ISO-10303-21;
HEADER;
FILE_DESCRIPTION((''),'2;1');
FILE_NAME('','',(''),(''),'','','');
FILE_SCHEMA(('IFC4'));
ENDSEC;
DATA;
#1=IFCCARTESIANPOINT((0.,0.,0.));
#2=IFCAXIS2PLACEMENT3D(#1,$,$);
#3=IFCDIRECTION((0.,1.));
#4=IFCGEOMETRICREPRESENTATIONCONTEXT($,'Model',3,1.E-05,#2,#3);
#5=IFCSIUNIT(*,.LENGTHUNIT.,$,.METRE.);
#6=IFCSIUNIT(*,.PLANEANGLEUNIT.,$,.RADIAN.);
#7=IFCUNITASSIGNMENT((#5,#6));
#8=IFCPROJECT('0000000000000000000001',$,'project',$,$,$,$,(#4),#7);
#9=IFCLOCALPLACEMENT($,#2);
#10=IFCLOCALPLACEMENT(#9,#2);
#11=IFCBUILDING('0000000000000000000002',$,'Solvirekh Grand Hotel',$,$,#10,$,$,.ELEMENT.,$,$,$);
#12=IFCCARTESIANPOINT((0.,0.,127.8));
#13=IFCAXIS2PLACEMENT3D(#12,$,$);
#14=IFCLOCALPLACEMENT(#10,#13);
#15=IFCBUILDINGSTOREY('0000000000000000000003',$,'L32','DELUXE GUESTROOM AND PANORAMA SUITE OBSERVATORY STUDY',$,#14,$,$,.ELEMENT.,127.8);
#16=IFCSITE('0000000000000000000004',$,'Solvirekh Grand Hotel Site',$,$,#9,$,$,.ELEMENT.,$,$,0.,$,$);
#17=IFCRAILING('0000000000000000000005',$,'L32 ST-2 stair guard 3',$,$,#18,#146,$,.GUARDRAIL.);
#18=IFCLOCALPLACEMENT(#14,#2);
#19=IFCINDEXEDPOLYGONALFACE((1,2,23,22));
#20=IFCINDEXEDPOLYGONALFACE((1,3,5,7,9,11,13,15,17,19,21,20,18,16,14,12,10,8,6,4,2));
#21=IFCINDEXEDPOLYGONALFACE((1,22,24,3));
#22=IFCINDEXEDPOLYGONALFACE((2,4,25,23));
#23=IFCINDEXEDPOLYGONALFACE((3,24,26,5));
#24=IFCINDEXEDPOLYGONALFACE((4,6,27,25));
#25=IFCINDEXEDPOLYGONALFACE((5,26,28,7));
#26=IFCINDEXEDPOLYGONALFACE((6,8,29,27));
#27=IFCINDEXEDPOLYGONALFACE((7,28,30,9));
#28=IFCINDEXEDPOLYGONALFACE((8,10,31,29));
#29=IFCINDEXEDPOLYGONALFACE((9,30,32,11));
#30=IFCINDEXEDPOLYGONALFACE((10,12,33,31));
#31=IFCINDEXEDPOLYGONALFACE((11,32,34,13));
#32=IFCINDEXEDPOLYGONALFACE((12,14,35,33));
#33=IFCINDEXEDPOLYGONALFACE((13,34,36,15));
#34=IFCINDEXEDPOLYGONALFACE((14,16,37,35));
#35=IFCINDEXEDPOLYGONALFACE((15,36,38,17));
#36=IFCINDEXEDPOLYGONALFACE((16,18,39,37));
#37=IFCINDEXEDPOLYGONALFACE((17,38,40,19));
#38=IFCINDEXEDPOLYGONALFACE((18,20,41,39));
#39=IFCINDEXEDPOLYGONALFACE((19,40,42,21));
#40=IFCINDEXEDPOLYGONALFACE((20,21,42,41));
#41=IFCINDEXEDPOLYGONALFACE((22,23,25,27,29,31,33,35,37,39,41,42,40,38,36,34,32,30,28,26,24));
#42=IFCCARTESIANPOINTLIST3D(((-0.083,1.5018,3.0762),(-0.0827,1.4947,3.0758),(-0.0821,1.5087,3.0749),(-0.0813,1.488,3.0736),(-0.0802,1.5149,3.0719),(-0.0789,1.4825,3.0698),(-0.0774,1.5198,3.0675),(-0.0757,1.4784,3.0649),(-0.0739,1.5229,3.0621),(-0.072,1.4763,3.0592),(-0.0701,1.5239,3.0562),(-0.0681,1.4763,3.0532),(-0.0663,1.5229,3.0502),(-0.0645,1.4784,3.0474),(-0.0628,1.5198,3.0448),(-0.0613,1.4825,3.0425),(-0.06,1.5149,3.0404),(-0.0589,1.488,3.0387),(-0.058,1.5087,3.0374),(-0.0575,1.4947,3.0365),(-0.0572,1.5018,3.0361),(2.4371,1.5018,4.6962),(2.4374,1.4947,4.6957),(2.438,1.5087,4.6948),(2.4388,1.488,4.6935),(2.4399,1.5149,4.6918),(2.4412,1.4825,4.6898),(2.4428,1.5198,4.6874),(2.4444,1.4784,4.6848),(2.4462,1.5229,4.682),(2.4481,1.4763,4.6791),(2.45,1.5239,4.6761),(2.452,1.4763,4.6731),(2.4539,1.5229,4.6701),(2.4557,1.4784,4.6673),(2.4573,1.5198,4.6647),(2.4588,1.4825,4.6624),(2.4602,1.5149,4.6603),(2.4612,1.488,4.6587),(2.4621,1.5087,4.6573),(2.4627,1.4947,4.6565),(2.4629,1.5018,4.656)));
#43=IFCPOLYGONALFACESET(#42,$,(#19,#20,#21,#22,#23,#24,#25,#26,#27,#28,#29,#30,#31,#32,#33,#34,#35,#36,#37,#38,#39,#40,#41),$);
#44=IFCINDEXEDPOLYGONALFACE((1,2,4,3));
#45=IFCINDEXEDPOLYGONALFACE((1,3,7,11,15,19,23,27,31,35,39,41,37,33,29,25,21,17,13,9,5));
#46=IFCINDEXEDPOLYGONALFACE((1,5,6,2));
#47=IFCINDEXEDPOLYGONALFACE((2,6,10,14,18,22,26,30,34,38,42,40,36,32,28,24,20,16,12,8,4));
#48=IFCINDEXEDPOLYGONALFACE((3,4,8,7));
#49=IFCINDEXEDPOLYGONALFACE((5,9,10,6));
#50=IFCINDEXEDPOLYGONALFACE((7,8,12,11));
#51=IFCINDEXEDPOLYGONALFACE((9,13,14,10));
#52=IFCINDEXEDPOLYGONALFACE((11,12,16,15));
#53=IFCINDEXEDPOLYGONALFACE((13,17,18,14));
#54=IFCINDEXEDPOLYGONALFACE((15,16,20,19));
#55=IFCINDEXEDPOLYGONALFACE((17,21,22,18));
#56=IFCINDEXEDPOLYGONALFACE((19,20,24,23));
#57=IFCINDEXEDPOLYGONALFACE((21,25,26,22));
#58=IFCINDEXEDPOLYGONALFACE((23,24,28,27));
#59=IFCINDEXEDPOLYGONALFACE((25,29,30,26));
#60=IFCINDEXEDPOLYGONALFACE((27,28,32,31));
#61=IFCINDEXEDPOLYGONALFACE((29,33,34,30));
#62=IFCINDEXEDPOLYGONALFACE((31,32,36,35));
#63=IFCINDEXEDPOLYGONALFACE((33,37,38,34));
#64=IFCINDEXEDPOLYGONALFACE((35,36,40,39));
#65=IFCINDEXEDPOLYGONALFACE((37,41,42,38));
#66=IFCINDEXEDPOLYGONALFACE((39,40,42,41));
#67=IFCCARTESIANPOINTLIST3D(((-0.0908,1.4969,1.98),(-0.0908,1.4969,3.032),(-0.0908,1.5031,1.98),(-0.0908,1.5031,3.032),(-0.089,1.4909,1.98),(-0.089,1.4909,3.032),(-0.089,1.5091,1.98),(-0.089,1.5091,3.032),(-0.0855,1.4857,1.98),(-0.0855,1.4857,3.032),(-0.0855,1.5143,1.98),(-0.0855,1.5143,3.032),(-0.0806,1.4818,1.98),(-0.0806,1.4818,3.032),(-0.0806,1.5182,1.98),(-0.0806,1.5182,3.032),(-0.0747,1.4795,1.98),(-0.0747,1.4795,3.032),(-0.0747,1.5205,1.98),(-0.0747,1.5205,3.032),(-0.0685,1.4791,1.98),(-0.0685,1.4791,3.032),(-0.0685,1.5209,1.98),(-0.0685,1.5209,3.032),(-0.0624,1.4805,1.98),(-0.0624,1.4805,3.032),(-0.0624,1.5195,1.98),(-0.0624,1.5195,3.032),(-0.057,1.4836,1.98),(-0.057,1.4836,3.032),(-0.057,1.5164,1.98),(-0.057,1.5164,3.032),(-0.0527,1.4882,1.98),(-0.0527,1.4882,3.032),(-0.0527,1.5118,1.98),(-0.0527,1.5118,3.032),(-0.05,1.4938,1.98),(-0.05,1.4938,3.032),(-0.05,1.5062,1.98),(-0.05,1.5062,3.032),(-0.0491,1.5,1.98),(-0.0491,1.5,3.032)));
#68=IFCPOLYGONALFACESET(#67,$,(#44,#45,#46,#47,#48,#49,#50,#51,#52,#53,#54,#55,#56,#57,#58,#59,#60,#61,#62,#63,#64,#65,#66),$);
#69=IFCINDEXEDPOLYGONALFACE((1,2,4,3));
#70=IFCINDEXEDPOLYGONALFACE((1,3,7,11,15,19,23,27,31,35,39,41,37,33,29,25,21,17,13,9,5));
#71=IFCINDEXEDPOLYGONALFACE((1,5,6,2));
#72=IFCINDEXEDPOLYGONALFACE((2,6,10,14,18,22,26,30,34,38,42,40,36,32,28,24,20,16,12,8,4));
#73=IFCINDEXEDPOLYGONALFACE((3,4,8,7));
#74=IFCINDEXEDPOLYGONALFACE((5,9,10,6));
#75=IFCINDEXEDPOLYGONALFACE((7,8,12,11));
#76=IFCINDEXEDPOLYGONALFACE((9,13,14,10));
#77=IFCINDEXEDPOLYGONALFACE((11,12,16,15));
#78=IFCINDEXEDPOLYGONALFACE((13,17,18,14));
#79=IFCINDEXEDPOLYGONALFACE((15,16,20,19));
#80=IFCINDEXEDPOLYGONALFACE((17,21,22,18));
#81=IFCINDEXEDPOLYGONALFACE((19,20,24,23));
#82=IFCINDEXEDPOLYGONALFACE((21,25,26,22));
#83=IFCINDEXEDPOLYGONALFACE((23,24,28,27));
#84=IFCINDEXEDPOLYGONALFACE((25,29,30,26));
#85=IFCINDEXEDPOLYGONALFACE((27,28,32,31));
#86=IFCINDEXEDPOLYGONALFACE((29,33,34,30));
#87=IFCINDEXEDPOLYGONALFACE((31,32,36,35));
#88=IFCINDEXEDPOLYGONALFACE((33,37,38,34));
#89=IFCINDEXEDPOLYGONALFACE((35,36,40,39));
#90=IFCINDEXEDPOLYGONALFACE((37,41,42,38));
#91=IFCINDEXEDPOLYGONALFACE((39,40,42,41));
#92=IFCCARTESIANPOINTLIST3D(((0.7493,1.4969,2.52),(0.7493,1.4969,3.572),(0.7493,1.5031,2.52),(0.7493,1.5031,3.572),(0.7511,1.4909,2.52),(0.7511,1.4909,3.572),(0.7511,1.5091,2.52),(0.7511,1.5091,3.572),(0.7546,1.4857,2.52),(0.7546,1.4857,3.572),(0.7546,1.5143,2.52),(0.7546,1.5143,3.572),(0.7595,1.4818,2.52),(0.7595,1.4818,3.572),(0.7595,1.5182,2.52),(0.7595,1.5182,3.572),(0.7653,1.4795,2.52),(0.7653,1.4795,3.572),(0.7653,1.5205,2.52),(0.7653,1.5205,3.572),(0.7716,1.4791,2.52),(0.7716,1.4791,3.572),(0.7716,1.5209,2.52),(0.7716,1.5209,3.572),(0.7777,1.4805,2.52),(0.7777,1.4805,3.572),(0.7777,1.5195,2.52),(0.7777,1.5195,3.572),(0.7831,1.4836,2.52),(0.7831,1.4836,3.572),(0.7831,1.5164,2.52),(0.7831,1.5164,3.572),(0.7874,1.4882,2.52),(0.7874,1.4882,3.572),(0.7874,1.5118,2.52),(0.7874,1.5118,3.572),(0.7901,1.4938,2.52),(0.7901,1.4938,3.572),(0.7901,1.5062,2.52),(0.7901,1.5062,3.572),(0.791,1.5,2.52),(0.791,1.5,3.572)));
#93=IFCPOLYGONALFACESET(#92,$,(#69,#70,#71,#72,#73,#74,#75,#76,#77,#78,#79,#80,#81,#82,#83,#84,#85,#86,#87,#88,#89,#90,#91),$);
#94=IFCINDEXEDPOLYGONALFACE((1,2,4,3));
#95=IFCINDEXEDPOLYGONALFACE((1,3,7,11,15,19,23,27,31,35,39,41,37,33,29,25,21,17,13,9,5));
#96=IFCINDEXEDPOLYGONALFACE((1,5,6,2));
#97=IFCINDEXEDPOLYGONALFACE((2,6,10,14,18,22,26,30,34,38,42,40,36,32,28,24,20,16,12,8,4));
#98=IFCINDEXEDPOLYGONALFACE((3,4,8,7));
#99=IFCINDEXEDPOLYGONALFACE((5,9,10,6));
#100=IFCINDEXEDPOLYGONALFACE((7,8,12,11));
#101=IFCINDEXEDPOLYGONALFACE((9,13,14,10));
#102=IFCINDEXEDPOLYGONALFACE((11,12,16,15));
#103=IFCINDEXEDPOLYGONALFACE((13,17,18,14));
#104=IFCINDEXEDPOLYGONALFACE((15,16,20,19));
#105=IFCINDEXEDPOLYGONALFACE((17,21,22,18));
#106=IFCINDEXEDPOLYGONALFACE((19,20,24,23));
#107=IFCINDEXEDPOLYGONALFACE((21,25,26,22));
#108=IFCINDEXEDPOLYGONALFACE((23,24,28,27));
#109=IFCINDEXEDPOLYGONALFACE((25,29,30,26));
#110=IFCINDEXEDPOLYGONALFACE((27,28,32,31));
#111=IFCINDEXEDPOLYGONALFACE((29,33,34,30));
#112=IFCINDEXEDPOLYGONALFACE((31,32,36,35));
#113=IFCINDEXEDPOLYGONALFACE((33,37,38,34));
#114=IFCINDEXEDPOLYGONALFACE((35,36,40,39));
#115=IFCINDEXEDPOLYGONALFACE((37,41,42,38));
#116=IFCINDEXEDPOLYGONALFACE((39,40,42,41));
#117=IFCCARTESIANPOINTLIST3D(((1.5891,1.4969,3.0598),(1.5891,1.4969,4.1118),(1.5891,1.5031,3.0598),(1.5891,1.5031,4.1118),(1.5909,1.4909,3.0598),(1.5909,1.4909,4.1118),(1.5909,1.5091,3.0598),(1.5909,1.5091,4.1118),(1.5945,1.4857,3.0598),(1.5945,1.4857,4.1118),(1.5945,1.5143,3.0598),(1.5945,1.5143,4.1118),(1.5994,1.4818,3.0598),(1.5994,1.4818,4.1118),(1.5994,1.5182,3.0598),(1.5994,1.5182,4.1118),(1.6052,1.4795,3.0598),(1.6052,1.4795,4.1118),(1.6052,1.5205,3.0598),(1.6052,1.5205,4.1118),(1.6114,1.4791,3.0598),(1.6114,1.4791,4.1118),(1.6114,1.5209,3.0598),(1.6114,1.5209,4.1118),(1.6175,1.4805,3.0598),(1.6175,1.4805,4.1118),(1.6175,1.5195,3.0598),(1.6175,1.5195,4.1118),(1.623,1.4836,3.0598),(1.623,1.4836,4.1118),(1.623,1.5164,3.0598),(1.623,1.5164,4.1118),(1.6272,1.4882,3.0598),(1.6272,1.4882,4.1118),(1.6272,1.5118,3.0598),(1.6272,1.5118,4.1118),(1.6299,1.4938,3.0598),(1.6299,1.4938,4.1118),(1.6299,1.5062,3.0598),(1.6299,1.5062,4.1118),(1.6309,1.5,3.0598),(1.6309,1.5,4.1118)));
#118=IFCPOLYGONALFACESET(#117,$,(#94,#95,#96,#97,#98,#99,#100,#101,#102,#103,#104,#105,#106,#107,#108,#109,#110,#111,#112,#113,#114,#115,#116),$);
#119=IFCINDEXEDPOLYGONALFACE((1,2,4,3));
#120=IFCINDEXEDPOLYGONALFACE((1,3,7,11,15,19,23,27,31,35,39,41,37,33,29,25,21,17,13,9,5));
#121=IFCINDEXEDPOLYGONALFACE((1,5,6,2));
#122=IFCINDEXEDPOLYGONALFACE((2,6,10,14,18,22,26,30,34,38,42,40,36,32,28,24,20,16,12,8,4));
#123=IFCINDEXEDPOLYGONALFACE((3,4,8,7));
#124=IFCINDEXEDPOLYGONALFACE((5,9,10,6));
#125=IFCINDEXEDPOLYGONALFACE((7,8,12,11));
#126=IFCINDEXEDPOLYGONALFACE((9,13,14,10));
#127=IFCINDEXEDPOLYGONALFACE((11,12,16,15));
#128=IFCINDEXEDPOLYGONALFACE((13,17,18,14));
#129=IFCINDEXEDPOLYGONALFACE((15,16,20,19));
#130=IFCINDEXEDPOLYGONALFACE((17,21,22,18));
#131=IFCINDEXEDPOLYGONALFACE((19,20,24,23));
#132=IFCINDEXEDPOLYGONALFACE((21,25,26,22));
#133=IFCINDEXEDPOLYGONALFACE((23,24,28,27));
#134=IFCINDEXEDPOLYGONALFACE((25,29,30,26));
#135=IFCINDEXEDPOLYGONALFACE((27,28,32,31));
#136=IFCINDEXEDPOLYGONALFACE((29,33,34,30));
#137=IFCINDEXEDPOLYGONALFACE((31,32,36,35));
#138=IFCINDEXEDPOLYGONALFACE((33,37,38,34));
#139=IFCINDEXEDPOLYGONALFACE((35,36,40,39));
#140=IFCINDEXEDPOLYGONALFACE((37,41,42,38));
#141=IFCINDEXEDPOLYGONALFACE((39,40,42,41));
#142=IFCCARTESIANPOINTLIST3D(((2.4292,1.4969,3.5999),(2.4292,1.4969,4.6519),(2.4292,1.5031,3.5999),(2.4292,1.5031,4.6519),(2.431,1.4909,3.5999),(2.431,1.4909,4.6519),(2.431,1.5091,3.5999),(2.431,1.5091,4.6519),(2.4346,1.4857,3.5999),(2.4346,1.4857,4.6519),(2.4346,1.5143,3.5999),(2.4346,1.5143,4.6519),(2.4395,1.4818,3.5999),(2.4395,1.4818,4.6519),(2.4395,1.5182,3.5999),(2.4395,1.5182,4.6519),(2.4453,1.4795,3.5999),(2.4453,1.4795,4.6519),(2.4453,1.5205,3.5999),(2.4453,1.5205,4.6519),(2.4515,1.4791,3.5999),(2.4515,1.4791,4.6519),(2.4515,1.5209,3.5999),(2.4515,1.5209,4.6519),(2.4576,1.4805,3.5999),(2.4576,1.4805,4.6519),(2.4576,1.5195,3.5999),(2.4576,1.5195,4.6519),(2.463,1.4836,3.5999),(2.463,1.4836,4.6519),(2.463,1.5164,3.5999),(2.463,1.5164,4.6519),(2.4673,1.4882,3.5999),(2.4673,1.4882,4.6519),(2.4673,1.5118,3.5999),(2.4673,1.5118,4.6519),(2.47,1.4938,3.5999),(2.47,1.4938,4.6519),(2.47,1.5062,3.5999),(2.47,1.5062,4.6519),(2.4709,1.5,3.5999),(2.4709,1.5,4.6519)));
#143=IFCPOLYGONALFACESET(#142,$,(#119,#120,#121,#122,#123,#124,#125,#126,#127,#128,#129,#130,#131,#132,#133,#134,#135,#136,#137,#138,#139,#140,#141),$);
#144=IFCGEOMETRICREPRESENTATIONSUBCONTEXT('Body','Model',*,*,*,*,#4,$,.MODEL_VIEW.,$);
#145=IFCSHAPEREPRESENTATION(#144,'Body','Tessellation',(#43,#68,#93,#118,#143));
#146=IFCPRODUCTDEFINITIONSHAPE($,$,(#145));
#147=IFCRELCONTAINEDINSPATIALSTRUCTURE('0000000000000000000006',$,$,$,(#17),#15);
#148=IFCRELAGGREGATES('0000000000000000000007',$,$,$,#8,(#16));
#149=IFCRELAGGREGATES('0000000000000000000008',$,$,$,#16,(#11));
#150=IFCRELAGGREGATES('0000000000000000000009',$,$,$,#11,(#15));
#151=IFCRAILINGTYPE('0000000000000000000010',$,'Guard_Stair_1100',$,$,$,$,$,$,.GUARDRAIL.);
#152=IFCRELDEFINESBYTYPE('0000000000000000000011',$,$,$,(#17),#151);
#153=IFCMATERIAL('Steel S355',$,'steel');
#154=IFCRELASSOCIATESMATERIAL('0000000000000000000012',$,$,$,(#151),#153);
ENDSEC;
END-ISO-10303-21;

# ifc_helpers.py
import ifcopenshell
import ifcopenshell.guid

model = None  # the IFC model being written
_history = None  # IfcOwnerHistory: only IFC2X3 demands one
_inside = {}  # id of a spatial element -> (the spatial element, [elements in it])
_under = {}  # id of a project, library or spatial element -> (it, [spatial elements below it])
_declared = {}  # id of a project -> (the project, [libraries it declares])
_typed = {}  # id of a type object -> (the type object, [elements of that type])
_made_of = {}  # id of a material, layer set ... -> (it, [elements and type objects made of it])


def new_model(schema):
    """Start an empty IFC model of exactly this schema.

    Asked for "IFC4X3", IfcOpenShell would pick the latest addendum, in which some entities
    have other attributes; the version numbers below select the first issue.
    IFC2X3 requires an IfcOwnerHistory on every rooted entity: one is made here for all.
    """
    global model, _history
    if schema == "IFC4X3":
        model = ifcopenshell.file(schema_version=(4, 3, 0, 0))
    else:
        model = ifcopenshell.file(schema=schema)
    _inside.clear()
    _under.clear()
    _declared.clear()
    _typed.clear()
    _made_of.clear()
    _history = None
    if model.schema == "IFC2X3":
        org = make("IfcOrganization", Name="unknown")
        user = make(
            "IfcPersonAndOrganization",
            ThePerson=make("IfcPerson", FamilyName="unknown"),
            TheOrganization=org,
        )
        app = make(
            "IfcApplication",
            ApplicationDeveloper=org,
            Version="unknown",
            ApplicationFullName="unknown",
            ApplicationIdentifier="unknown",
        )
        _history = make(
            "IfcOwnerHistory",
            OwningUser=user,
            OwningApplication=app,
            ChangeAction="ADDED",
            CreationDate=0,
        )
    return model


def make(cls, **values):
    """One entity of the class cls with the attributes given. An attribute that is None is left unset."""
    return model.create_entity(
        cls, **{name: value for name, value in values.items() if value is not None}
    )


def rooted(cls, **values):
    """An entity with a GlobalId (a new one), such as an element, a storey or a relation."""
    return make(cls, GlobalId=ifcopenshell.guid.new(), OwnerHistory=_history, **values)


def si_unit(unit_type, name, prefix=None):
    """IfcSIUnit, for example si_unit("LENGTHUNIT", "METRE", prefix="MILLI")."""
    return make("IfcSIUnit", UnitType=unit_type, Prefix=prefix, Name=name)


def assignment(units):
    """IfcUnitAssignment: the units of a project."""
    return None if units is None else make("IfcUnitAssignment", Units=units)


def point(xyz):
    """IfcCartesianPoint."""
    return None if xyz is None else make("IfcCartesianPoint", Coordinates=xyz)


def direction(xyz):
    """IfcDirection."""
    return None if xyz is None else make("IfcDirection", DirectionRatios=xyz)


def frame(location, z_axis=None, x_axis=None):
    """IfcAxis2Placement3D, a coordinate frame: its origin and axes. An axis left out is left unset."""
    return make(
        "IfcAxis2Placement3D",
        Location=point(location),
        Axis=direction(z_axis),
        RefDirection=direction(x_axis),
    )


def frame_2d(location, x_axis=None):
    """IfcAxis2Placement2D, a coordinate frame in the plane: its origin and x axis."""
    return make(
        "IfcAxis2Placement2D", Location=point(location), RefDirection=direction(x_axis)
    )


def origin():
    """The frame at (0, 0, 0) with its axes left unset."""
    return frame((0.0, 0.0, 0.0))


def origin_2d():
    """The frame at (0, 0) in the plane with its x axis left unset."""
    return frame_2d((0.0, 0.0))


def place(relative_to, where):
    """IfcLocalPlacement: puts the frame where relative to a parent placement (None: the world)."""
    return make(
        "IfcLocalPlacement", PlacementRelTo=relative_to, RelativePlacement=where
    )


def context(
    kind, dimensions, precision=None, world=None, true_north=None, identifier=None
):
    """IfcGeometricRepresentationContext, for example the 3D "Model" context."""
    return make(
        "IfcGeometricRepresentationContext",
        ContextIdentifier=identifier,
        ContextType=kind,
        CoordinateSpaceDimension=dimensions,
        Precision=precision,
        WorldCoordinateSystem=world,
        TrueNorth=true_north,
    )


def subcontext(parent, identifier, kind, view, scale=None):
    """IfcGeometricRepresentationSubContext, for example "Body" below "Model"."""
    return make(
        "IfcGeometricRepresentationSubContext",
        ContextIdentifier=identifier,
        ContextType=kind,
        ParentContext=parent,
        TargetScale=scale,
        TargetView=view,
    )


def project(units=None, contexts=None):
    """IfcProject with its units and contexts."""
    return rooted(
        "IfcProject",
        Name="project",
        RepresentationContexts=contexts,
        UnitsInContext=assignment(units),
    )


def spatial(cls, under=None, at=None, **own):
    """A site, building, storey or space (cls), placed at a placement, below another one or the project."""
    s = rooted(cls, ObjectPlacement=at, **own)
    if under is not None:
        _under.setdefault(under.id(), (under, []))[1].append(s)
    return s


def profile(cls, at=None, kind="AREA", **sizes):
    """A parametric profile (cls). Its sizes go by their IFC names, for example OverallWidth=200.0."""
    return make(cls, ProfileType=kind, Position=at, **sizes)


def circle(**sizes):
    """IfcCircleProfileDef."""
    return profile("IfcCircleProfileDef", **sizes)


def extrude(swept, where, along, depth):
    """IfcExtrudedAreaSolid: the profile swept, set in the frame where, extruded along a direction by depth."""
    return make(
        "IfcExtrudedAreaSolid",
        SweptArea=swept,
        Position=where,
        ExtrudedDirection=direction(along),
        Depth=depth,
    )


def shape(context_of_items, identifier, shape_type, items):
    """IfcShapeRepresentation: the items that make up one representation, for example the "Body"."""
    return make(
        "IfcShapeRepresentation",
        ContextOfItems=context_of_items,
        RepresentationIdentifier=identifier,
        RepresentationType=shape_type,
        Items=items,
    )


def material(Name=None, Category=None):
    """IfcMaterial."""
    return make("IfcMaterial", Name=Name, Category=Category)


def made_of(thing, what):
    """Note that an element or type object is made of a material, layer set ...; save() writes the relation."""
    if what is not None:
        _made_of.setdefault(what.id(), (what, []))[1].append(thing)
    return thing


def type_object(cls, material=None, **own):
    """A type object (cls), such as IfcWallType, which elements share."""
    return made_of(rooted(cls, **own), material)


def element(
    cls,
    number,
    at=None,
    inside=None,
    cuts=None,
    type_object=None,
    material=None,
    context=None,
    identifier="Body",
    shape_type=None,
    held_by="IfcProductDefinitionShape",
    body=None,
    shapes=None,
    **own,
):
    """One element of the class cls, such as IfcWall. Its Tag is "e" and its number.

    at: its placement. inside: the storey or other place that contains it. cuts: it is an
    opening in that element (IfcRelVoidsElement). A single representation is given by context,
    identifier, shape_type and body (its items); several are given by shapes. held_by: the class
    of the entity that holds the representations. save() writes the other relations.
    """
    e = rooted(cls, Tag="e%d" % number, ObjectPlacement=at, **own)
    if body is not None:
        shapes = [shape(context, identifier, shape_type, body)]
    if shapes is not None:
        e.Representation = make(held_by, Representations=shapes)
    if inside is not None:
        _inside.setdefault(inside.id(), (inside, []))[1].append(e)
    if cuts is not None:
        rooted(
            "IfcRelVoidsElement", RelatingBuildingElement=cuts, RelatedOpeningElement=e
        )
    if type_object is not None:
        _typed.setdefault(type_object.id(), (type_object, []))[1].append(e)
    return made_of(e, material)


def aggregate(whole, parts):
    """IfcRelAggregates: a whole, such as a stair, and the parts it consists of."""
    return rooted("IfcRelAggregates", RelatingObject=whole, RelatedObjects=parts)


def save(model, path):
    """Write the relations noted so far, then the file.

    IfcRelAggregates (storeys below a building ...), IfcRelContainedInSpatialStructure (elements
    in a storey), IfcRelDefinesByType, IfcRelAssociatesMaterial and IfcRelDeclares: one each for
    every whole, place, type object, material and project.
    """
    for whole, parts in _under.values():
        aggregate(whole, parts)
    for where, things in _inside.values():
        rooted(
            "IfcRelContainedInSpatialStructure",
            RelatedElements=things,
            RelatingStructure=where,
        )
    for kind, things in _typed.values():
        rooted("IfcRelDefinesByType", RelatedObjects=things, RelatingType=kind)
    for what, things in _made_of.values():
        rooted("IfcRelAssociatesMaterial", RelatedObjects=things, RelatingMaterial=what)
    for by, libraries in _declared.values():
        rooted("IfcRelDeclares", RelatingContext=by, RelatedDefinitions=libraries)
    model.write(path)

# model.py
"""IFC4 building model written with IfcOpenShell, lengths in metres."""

from ifc_helpers import new_model, si_unit, direction, frame, origin, origin_2d, place, context, subcontext, project, spatial, circle, extrude, material, type_object, element, save


model = new_model("IFC4")

# Units and contexts
model_context = context("Model", 3, precision=1e-05, world=origin(), true_north=direction((0.0, 1.0)))
body_context = subcontext(model_context, "Body", "Model", "MODEL_VIEW")
ifc_project = project(units=[si_unit("LENGTHUNIT", "METRE"), si_unit("PLANEANGLEUNIT", "RADIAN")], contexts=[model_context])

# Site, building, storey
site_placement = place(None, origin())
site = spatial("IfcSite", under=ifc_project, at=site_placement, Name="Solvirekh Grand Hotel Site", CompositionType="ELEMENT", RefElevation=0.0)
building_placement = place(site_placement, origin())
building = spatial("IfcBuilding", under=site, at=building_placement, Name="Solvirekh Grand Hotel", CompositionType="ELEMENT")
storey_placement = place(building_placement, frame((0.0, 0.0, 127.8)))
storey = spatial("IfcBuildingStorey", under=building, at=storey_placement, Name="L32", Description="DELUXE GUESTROOM AND PANORAMA SUITE OBSERVATORY STUDY", CompositionType="ELEMENT", Elevation=127.8)

# Shared definitions
ifc_material_1 = material(Name="Steel S355", Category="steel")

# Railing
railing_type = type_object("IfcRailingType", Name="Guard_Stair_1100", PredefinedType="GUARDRAIL", material=ifc_material_1)
railing_1_placement = place(storey_placement, frame((-0.0701, 1.5, 1.98)))
element("IfcRailing", 1, at=railing_1_placement, inside=storey, type_object=railing_type, Name="L32 ST-2 stair guard 3", PredefinedType="GUARDRAIL", context=body_context, shape_type="SweptSolid", body=[
    extrude(circle(Radius=0.0239, at=origin_2d()), frame((0.0, 0.0, 1.0762), z_axis=(0.8412, 0.0, 0.540725), x_axis=(0.0, 1.0, 0.0)), (0.0, 0.0, 1.0), 2.9958),
    extrude(circle(Radius=0.021, at=origin_2d()), origin(), (0.0, 0.0, 1.0), 1.052),
    extrude(circle(Radius=0.021, at=origin_2d()), frame((0.8401, 0.0, 0.54)), (0.0, 0.0, 1.0), 1.052),
    extrude(circle(Radius=0.021, at=origin_2d()), frame((1.6799, 0.0, 1.0798)), (0.0, 0.0, 1.0), 1.052),
    extrude(circle(Radius=0.021, at=origin_2d()), frame((2.52, 0.0, 1.6199)), (0.0, 0.0, 1.0), 1.052),
])

save(model, "model.ifc")
